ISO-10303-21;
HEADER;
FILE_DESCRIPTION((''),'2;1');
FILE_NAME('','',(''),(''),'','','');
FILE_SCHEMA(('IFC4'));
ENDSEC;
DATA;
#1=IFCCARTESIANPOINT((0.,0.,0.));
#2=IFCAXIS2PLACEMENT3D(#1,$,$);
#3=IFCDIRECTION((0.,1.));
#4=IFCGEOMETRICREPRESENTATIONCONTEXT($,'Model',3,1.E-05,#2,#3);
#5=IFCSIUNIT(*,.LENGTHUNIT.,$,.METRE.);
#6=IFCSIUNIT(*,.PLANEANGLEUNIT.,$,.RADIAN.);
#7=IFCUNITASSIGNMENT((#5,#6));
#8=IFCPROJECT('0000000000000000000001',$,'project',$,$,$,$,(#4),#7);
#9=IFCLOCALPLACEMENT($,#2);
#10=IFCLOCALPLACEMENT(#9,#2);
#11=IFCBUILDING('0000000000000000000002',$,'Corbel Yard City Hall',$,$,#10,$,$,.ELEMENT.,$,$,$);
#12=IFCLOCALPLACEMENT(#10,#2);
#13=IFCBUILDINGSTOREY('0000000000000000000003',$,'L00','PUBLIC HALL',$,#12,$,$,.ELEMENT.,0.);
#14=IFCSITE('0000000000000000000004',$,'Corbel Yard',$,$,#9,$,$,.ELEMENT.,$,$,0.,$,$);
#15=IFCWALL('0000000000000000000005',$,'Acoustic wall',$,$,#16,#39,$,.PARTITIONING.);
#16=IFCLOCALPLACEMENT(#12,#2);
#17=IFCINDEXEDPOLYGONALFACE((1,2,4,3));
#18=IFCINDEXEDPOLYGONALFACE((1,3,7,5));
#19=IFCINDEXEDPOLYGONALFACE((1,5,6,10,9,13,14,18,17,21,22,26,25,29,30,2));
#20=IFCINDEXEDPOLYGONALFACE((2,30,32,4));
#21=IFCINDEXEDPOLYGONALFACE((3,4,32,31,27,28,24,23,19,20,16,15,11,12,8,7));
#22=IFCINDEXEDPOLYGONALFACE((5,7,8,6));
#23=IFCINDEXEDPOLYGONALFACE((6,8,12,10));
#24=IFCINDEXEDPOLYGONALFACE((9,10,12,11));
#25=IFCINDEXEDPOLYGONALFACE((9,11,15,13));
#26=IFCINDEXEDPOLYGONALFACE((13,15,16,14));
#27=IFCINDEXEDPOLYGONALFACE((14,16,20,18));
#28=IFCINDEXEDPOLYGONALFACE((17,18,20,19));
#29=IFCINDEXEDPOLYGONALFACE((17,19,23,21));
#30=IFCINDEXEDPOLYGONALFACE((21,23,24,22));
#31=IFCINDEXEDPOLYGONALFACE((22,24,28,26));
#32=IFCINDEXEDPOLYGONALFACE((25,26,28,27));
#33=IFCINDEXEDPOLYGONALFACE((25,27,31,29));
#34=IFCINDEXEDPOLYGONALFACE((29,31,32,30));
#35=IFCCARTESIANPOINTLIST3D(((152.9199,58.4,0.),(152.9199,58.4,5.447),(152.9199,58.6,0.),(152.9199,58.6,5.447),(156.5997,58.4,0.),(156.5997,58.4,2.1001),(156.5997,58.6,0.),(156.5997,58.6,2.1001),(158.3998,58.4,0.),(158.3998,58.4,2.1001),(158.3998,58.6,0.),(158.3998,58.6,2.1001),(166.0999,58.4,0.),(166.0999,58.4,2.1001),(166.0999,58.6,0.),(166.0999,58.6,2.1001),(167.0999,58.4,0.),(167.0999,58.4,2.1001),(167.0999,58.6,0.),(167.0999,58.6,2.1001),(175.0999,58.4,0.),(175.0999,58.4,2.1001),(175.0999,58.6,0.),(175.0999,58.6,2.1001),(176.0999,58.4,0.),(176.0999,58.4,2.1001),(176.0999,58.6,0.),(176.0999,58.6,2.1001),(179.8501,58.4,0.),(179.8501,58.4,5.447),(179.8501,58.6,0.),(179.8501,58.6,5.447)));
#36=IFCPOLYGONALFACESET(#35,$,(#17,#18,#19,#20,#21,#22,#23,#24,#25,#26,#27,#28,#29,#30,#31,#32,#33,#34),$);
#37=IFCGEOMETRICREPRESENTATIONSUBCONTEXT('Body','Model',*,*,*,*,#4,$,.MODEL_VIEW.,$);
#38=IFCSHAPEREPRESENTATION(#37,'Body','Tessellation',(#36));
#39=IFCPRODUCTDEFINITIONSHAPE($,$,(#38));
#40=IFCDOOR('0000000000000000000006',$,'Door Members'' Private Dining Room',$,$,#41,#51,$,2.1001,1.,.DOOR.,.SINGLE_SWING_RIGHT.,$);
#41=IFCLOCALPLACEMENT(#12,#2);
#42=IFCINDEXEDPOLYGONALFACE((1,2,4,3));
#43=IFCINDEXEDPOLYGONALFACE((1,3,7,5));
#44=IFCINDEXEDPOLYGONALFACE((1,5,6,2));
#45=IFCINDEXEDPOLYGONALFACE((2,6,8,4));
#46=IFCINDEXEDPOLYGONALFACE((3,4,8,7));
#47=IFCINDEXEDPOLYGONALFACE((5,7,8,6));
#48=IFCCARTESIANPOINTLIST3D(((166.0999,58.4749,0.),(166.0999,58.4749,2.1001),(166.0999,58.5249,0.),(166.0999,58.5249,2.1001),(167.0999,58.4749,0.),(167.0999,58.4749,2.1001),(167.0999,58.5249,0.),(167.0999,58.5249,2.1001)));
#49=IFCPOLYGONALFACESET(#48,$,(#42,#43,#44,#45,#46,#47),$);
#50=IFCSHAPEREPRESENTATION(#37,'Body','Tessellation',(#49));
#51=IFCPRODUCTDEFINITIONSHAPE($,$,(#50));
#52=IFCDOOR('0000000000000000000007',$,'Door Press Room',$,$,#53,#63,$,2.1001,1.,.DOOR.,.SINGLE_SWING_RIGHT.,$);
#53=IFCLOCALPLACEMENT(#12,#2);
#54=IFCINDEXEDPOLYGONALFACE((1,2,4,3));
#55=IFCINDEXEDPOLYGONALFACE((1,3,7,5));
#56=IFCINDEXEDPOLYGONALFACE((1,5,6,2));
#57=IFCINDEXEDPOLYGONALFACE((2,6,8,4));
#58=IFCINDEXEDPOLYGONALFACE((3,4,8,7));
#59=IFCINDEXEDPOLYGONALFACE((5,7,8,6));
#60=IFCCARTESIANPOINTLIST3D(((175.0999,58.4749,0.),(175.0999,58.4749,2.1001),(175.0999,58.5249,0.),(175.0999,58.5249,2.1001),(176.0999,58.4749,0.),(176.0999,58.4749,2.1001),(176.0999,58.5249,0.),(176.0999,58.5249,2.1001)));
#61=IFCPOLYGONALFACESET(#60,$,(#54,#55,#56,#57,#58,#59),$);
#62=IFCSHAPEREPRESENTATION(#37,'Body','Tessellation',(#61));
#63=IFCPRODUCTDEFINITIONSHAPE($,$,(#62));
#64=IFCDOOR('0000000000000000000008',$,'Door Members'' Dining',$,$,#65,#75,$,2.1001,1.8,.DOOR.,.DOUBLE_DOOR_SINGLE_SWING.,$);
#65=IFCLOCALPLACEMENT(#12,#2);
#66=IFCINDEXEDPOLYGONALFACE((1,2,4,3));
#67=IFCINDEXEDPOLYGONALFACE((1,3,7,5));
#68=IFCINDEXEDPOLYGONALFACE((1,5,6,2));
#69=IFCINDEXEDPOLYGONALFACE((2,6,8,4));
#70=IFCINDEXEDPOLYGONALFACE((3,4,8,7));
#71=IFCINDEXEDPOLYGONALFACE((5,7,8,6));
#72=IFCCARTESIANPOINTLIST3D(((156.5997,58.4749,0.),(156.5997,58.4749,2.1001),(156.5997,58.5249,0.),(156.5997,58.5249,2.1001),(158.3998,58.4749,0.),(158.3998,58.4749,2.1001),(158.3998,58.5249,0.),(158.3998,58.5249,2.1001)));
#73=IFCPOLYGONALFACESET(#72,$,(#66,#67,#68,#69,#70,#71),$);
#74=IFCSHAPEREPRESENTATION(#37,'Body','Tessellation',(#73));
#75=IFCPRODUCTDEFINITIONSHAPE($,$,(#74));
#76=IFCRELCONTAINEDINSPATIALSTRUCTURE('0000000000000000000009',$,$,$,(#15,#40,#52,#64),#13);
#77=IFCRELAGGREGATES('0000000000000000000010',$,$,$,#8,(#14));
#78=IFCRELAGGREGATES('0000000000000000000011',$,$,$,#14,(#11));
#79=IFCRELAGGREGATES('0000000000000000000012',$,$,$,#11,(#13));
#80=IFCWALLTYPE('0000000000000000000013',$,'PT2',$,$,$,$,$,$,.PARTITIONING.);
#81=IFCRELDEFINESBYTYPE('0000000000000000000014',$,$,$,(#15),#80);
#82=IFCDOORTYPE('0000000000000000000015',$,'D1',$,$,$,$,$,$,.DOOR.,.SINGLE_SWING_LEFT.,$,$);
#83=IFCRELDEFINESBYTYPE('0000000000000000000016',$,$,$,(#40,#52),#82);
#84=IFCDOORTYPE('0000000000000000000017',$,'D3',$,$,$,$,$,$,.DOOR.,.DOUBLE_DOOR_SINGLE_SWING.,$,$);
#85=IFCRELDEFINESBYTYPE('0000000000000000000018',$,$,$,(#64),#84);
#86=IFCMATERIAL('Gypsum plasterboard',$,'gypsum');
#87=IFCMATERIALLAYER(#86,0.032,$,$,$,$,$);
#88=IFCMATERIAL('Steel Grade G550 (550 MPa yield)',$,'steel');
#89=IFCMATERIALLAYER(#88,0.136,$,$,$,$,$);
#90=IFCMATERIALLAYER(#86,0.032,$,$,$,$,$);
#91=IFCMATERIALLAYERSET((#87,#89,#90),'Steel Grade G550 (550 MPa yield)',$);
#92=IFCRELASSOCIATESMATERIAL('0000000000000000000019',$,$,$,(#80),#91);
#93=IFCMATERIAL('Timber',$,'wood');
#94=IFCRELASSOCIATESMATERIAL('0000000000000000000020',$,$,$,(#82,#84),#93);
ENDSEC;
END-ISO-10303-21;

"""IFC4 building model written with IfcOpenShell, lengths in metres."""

from ifc_helpers import new_model, si_unit, direction, frame, frame_2d, origin, place, context, subcontext, project, spatial, rectangle, extrude, material, layer, layer_set, type_object, element, fill, save


model = new_model("IFC4")

# Units and contexts
model_context = context("Model", 3, precision=1e-05, world=origin(), true_north=direction((0.0, 1.0)))
body_context = subcontext(model_context, "Body", "Model", "MODEL_VIEW")
ifc_project = project(units=[si_unit("LENGTHUNIT", "METRE"), si_unit("PLANEANGLEUNIT", "RADIAN")], contexts=[model_context])

# Site, building, storey
site_placement = place(None, origin())
site = spatial("IfcSite", under=ifc_project, at=site_placement, Name="Corbel Yard", CompositionType="ELEMENT", RefElevation=0.0)
building_placement = place(site_placement, origin())
building = spatial("IfcBuilding", under=site, at=building_placement, Name="Corbel Yard City Hall", CompositionType="ELEMENT")
storey_placement = place(building_placement, origin())
storey = spatial("IfcBuildingStorey", under=building, at=storey_placement, Name="L00", Description="PUBLIC HALL", CompositionType="ELEMENT", Elevation=0.0)

# Wall, openings, doors
ifc_material_1 = material(Name="Gypsum plasterboard", Category="gypsum")
ifc_layer_1 = layer(ifc_material_1, 0.032)
ifc_material_2 = material(Name="Steel Grade G550 (550 MPa yield)", Category="steel")
ifc_layer_2 = layer(ifc_material_2, 0.136)
ifc_layer_3 = layer(ifc_material_1, 0.032)
ifc_layer_set = layer_set([ifc_layer_1, ifc_layer_2, ifc_layer_3], Name="Steel Grade G550 (550 MPa yield)")
wall_type = type_object("IfcWallType", Name="PT2", PredefinedType="PARTITIONING", material=ifc_layer_set)
wall_placement = place(storey_placement, frame((152.9199, 58.5, 0.0), z_axis=(0.0, 0.0, 1.0), x_axis=(1.0, 0.0, 0.0)))
wall = element("IfcWall", 1, at=wall_placement, inside=storey, type_object=wall_type, Name="Acoustic wall", PredefinedType="PARTITIONING", context=body_context, shape_type="SweptSolid", body=[
    extrude(rectangle(XDim=26.9302, YDim=0.2, at=frame_2d((13.4651, 0.0))), origin(), (0.0, 0.0, 1.0), 5.447),
])
opening_1_placement = place(wall_placement, frame((3.6799, 0.0, 0.0)))
opening_1 = element("IfcOpeningElement", 2, at=opening_1_placement, cuts=wall, PredefinedType="OPENING", context=body_context, shape_type="SweptSolid", body=[
    extrude(rectangle(XDim=1.8, YDim=2.1001, at=frame_2d((0.8999, 1.05))), frame((0.0, 0.1099, 0.0), z_axis=(0.0, -1.0, 0.0), x_axis=(1.0, 0.0, 0.0)), (0.0, 0.0, 1.0), 0.22),
])
opening_2_placement = place(wall_placement, frame((13.1799, 0.0, 0.0)))
opening_2 = element("IfcOpeningElement", 3, at=opening_2_placement, cuts=wall, PredefinedType="OPENING", context=body_context, shape_type="SweptSolid", body=[
    extrude(rectangle(XDim=1.0, YDim=2.1001, at=frame_2d((0.5, 1.05))), frame((0.0, 0.1099, 0.0), z_axis=(0.0, -1.0, 0.0), x_axis=(1.0, 0.0, 0.0)), (0.0, 0.0, 1.0), 0.22),
])
opening_3_placement = place(wall_placement, frame((22.1799, 0.0, 0.0)))
opening_3 = element("IfcOpeningElement", 4, at=opening_3_placement, cuts=wall, PredefinedType="OPENING", context=body_context, shape_type="SweptSolid", body=[
    extrude(rectangle(XDim=1.0, YDim=2.1001, at=frame_2d((0.5, 1.05))), frame((0.0, 0.1099, 0.0), z_axis=(0.0, -1.0, 0.0), x_axis=(1.0, 0.0, 0.0)), (0.0, 0.0, 1.0), 0.22),
])
ifc_material_3 = material(Name="Timber", Category="wood")
door_type_1 = type_object("IfcDoorType", Name="D1", OperationType="SINGLE_SWING_LEFT", PredefinedType="DOOR", material=ifc_material_3)
door_1_placement = place(opening_2_placement, origin())
door_1 = element("IfcDoor", 5, at=door_1_placement, inside=storey, type_object=door_type_1, Name="Door Members' Private Dining Room", OperationType="SINGLE_SWING_RIGHT", OverallHeight=2.1001, OverallWidth=1.0, PredefinedType="DOOR", context=body_context, shape_type="SweptSolid", body=[
    extrude(rectangle(XDim=1.0, YDim=2.1001, at=frame_2d((0.5, 1.05))), frame((0.0, 0.0249, 0.0), z_axis=(0.0, -1.0, 0.0), x_axis=(1.0, 0.0, 0.0)), (0.0, 0.0, 1.0), 0.05),
])
fill(opening_2, door_1)
door_2_placement = place(opening_3_placement, origin())
door_2 = element("IfcDoor", 6, at=door_2_placement, inside=storey, type_object=door_type_1, Name="Door Press Room", OperationType="SINGLE_SWING_RIGHT", OverallHeight=2.1001, OverallWidth=1.0, PredefinedType="DOOR", context=body_context, shape_type="SweptSolid", body=[
    extrude(rectangle(XDim=1.0, YDim=2.1001, at=frame_2d((0.5, 1.05))), frame((0.0, 0.0249, 0.0), z_axis=(0.0, -1.0, 0.0), x_axis=(1.0, 0.0, 0.0)), (0.0, 0.0, 1.0), 0.05),
])
fill(opening_3, door_2)
door_type_2 = type_object("IfcDoorType", Name="D3", OperationType="DOUBLE_DOOR_SINGLE_SWING", PredefinedType="DOOR", material=ifc_material_3)
door_3_placement = place(opening_1_placement, origin())
door_3 = element("IfcDoor", 7, at=door_3_placement, inside=storey, type_object=door_type_2, Name="Door Members' Dining", OperationType="DOUBLE_DOOR_SINGLE_SWING", OverallHeight=2.1001, OverallWidth=1.8, PredefinedType="DOOR", context=body_context, shape_type="SweptSolid", body=[
    extrude(rectangle(XDim=1.8, YDim=2.1001, at=frame_2d((0.8999, 1.05))), frame((0.0, 0.0249, 0.0), z_axis=(0.0, -1.0, 0.0), x_axis=(1.0, 0.0, 0.0)), (0.0, 0.0, 1.0), 0.05),
])
fill(opening_1, door_3)

save(model, "model.ifc")
